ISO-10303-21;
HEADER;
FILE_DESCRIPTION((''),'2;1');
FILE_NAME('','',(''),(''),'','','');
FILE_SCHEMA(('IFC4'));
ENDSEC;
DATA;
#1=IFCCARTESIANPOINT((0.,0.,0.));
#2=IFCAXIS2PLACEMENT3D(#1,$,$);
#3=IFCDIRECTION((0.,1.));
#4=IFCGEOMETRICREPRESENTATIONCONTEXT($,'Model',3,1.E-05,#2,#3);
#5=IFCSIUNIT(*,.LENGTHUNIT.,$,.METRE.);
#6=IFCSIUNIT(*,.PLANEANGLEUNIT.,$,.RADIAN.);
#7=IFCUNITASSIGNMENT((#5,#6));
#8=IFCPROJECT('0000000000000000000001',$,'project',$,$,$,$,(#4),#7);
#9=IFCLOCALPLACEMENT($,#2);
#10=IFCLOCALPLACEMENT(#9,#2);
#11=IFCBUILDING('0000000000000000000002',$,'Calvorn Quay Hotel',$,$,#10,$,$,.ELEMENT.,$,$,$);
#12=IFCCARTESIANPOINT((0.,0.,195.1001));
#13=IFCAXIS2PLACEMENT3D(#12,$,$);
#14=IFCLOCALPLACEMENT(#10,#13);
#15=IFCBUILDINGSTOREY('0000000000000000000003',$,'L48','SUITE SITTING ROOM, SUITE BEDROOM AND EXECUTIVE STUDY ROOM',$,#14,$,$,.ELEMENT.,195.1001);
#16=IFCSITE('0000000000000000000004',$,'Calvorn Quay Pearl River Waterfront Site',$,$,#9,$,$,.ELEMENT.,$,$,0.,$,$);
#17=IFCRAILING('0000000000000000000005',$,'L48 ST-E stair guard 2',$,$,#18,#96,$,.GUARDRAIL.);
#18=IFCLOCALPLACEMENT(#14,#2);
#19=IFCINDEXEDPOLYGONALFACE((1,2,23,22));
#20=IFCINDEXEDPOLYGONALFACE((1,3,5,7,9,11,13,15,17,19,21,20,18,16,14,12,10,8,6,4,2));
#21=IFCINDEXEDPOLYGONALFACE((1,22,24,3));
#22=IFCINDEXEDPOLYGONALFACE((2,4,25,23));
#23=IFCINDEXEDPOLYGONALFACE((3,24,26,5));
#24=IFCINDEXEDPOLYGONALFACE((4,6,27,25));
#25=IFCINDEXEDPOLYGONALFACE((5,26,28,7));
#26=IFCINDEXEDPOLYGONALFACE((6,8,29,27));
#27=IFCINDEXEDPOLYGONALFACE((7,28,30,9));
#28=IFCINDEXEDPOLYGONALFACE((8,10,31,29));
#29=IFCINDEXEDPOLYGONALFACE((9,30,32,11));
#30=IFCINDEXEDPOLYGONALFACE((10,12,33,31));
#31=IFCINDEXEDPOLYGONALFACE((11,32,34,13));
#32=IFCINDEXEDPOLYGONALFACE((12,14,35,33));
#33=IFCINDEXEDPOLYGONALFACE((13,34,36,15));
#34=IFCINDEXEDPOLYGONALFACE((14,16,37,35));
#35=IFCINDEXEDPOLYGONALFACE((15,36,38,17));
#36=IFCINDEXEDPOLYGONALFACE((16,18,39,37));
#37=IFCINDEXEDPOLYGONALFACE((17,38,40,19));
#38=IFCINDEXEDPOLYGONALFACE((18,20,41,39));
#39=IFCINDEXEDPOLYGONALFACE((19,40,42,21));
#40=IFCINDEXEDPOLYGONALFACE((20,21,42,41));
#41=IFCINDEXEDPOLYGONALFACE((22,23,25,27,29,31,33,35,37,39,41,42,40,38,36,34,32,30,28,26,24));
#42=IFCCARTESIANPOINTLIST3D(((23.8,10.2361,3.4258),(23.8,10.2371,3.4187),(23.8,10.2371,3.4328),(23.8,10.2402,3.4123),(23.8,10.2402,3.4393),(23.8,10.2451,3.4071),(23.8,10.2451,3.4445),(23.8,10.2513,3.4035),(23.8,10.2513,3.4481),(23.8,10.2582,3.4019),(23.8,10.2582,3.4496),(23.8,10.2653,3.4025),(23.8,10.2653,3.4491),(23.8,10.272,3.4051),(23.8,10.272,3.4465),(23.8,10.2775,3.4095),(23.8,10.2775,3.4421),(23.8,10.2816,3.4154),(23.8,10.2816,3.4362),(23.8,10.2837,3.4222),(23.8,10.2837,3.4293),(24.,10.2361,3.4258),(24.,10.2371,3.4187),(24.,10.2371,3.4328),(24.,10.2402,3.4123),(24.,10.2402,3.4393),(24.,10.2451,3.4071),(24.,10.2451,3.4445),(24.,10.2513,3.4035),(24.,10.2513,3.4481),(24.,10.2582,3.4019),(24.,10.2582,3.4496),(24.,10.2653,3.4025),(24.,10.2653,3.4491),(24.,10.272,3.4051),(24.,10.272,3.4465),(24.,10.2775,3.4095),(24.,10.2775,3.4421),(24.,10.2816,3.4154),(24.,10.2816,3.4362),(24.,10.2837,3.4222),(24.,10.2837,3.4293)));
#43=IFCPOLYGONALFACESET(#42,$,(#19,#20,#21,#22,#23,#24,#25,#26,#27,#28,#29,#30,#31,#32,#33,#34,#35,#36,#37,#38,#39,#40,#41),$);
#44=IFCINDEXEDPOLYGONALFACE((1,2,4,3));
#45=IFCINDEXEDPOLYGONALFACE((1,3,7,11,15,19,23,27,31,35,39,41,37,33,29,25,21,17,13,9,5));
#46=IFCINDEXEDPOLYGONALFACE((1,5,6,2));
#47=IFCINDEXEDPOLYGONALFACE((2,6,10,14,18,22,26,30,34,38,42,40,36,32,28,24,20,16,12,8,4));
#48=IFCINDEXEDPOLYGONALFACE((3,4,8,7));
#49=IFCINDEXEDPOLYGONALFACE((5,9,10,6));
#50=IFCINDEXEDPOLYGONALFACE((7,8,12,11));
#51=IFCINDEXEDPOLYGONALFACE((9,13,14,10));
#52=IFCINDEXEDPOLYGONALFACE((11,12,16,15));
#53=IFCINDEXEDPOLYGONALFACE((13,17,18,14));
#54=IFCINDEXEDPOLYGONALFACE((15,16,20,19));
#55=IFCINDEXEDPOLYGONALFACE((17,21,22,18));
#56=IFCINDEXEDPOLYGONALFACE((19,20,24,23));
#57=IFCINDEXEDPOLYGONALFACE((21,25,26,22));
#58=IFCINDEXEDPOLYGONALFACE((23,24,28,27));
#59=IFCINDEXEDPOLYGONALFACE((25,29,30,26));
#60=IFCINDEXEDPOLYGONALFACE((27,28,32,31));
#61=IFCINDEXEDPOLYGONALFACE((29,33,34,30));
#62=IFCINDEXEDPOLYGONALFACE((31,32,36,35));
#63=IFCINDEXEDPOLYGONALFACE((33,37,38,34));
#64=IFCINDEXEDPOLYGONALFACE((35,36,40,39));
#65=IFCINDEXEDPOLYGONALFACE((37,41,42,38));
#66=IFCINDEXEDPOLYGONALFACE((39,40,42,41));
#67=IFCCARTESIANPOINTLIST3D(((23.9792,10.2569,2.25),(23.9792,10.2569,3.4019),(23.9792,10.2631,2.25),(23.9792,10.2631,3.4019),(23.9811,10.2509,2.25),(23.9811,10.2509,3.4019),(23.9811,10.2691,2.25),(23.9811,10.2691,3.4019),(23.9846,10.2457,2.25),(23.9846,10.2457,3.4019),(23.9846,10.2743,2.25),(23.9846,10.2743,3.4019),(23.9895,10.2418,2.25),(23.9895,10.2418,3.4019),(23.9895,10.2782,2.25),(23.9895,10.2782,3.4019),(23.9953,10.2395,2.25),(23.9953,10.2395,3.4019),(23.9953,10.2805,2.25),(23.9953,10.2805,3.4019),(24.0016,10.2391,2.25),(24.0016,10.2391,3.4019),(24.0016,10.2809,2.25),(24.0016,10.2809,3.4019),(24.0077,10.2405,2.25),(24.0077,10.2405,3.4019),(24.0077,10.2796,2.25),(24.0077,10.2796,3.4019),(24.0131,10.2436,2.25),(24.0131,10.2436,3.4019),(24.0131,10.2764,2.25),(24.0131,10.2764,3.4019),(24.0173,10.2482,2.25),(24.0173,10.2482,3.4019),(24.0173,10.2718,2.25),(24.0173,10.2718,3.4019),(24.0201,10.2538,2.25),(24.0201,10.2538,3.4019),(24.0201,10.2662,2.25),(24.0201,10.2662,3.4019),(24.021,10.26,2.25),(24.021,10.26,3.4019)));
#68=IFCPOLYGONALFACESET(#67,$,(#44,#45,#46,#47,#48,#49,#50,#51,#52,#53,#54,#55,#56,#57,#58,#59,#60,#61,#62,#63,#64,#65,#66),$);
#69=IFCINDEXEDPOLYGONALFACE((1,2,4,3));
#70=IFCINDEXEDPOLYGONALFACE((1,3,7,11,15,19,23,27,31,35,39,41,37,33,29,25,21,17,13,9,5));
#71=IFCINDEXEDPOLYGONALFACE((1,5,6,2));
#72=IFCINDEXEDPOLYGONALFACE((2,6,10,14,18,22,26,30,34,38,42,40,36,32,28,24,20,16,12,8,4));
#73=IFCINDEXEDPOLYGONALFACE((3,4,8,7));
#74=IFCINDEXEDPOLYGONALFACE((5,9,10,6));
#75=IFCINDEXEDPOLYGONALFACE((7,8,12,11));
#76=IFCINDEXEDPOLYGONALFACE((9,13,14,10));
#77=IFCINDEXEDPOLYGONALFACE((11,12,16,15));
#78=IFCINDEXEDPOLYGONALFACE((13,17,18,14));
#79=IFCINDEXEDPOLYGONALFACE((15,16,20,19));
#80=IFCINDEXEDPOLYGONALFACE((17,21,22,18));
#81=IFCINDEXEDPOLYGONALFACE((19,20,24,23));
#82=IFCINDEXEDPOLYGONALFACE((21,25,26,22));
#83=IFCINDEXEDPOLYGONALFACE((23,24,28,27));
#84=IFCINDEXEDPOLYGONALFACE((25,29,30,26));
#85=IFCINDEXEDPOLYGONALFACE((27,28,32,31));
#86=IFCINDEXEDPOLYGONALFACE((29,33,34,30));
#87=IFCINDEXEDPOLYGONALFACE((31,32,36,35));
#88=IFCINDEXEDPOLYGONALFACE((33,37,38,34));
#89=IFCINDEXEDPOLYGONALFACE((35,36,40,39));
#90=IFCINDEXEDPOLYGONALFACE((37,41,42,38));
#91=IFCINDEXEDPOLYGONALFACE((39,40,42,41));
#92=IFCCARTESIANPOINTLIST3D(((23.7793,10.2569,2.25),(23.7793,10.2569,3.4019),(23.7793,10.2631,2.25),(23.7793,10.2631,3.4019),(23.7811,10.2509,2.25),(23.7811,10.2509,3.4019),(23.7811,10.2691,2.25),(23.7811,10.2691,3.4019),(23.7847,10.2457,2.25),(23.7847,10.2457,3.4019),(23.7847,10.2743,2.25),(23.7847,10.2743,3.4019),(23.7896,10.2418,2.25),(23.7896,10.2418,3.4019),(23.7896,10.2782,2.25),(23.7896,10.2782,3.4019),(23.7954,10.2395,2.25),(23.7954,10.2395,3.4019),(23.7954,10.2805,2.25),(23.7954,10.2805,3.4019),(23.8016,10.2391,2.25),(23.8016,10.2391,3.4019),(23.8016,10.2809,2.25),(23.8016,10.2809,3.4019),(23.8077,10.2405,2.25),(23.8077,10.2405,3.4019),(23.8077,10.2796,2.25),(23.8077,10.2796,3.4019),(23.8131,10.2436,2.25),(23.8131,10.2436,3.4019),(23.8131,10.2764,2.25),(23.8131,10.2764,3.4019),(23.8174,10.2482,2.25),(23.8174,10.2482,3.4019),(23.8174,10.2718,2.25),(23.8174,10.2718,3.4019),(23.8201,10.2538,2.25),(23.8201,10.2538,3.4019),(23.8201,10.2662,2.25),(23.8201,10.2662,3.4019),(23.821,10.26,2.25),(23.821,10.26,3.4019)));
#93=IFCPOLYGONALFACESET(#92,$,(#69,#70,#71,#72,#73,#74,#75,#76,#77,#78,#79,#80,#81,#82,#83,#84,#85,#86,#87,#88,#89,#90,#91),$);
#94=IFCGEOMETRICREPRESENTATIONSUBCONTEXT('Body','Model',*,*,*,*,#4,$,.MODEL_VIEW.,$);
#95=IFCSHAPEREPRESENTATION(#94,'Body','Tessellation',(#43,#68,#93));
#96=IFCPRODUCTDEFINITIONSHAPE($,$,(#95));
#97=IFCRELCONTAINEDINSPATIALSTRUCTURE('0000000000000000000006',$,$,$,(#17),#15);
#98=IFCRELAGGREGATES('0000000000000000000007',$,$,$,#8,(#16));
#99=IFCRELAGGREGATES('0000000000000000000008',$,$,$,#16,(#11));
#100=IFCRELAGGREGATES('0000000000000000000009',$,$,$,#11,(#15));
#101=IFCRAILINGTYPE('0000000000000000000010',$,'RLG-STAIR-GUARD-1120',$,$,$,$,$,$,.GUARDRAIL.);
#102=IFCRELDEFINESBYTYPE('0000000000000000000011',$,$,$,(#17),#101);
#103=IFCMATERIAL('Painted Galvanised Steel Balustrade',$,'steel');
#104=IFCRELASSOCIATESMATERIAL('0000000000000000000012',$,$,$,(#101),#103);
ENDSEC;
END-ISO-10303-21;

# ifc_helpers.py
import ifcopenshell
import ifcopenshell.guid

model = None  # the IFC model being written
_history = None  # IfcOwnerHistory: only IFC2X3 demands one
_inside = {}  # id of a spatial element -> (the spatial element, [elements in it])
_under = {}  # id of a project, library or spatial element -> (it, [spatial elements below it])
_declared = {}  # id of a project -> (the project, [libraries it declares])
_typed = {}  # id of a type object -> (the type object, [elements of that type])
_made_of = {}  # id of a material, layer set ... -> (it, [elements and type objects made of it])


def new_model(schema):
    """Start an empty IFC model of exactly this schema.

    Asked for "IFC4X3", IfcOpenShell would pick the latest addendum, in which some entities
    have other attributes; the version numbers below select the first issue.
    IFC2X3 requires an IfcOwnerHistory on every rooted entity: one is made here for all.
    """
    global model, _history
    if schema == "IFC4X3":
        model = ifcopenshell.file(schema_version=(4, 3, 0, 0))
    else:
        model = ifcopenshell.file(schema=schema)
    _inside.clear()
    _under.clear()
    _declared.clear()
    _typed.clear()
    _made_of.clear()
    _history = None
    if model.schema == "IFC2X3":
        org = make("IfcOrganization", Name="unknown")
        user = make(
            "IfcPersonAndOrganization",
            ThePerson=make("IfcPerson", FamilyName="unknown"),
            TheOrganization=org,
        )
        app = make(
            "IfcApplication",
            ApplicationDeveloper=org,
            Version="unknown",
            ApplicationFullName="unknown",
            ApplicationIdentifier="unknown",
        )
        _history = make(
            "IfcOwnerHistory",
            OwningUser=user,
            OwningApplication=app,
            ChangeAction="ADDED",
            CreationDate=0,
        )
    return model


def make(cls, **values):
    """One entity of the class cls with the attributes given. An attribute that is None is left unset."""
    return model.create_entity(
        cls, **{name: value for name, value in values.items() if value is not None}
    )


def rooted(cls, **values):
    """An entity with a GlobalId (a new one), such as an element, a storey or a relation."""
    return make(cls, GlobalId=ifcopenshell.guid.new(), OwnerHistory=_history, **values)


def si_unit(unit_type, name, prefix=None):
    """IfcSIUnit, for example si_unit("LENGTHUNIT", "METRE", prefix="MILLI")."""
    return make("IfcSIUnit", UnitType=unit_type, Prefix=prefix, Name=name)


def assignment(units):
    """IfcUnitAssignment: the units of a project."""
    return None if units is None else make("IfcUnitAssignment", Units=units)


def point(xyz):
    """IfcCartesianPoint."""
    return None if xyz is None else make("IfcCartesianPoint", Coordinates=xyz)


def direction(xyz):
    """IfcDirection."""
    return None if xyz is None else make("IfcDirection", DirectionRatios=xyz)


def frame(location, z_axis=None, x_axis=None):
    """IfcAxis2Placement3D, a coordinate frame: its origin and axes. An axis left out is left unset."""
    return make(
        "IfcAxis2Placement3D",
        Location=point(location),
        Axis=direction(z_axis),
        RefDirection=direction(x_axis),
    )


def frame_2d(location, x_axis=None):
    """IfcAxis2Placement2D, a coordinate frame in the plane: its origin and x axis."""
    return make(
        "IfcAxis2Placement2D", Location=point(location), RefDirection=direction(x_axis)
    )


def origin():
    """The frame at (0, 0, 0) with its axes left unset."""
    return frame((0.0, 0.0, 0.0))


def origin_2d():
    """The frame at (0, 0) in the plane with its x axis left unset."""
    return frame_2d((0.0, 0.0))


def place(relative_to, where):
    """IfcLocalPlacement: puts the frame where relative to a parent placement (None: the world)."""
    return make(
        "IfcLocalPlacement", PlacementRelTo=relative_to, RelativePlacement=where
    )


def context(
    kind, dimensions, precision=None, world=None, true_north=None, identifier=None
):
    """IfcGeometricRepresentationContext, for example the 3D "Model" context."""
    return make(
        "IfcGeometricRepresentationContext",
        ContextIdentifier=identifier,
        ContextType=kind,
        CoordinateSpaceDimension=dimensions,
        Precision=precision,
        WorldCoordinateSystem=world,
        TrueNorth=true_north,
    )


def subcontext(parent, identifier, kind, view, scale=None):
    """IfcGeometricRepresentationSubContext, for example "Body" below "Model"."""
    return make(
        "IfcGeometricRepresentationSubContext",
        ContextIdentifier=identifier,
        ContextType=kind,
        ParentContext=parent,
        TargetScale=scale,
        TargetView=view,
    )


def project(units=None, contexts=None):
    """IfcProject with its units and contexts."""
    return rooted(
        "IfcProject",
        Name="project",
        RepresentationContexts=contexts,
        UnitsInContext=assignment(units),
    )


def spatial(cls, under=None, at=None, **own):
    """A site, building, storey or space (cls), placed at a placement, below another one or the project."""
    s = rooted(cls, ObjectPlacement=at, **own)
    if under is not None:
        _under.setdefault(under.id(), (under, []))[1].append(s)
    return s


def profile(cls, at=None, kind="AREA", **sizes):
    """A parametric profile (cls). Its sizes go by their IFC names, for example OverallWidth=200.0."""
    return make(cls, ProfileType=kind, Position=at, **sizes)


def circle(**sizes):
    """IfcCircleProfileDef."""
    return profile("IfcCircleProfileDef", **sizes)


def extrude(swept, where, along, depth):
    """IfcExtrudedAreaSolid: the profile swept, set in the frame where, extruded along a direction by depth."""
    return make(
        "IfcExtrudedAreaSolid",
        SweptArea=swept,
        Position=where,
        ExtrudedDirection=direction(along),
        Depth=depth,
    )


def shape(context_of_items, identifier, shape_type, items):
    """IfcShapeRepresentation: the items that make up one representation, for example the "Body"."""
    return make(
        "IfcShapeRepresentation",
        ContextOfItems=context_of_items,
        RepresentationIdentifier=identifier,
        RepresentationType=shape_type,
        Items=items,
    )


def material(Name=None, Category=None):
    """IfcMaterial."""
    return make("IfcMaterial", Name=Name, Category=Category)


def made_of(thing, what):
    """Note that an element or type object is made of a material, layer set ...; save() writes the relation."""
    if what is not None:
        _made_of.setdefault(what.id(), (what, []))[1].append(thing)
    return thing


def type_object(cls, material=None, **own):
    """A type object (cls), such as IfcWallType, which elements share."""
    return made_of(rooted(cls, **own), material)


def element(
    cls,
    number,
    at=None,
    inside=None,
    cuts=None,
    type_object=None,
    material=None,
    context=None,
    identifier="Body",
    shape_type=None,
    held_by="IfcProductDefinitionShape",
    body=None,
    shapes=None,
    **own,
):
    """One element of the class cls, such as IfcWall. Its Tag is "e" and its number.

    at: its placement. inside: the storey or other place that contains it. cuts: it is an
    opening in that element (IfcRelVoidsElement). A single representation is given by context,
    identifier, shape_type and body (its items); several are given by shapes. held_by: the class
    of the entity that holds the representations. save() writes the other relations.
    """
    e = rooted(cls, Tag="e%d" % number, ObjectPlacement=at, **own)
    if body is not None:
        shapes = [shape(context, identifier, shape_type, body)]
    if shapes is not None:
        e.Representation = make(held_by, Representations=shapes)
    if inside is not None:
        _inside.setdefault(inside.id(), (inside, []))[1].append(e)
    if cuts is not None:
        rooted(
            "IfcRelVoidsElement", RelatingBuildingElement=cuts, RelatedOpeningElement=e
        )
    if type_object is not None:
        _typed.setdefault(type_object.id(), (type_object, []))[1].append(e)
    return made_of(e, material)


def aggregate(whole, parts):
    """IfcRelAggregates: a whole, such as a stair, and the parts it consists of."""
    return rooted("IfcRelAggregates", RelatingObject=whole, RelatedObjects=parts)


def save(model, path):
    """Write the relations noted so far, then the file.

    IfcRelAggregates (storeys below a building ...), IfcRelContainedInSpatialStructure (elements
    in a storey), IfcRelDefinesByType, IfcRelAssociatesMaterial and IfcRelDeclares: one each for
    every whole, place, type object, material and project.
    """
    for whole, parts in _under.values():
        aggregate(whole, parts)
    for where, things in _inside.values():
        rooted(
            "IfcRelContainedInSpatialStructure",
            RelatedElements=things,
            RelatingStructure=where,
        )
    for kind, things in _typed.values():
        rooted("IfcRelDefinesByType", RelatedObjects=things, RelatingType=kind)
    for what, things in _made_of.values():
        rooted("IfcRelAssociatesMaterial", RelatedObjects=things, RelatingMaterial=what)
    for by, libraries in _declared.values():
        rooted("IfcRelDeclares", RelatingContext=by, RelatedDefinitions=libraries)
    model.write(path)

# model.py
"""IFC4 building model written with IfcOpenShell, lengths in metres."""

from ifc_helpers import new_model, si_unit, direction, frame, origin, origin_2d, place, context, subcontext, project, spatial, circle, extrude, material, type_object, element, save


model = new_model("IFC4")

# Units and contexts
model_context = context("Model", 3, precision=1e-05, world=origin(), true_north=direction((0.0, 1.0)))
body_context = subcontext(model_context, "Body", "Model", "MODEL_VIEW")
ifc_project = project(units=[si_unit("LENGTHUNIT", "METRE"), si_unit("PLANEANGLEUNIT", "RADIAN")], contexts=[model_context])

# Site, building, storey
site_placement = place(None, origin())
site = spatial("IfcSite", under=ifc_project, at=site_placement, Name="Calvorn Quay Pearl River Waterfront Site", CompositionType="ELEMENT", RefElevation=0.0)
building_placement = place(site_placement, origin())
building = spatial("IfcBuilding", under=site, at=building_placement, Name="Calvorn Quay Hotel", CompositionType="ELEMENT")
storey_placement = place(building_placement, frame((0.0, 0.0, 195.1001)))
storey = spatial("IfcBuildingStorey", under=building, at=storey_placement, Name="L48", Description="SUITE SITTING ROOM, SUITE BEDROOM AND EXECUTIVE STUDY ROOM", CompositionType="ELEMENT", Elevation=195.1001)

# Railing
ifc_material_1 = material(Name="Painted Galvanised Steel Balustrade", Category="steel")
railing_type_1 = type_object("IfcRailingType", Name="RLG-STAIR-GUARD-1120", PredefinedType="GUARDRAIL", material=ifc_material_1)
railing_1_placement = place(storey_placement, frame((24.0, 10.26, 2.25)))
element("IfcRailing", 1, at=railing_1_placement, inside=storey, type_object=railing_type_1, Name="L48 ST-E stair guard 2", PredefinedType="GUARDRAIL", context=body_context, shape_type="SweptSolid", body=[
    extrude(circle(Radius=0.0239, at=origin_2d()), frame((0.0, 0.0, 1.1758), z_axis=(-1.0, 0.0, 0.0), x_axis=(0.0, -1.0, 0.0)), (0.0, 0.0, 1.0), 0.2),
    extrude(circle(Radius=0.021, at=origin_2d()), origin(), (0.0, 0.0, 1.0), 1.1519),
    extrude(circle(Radius=0.021, at=origin_2d()), frame((-0.2, 0.0, 0.0)), (0.0, 0.0, 1.0), 1.1519),
])

save(model, "model.ifc")
